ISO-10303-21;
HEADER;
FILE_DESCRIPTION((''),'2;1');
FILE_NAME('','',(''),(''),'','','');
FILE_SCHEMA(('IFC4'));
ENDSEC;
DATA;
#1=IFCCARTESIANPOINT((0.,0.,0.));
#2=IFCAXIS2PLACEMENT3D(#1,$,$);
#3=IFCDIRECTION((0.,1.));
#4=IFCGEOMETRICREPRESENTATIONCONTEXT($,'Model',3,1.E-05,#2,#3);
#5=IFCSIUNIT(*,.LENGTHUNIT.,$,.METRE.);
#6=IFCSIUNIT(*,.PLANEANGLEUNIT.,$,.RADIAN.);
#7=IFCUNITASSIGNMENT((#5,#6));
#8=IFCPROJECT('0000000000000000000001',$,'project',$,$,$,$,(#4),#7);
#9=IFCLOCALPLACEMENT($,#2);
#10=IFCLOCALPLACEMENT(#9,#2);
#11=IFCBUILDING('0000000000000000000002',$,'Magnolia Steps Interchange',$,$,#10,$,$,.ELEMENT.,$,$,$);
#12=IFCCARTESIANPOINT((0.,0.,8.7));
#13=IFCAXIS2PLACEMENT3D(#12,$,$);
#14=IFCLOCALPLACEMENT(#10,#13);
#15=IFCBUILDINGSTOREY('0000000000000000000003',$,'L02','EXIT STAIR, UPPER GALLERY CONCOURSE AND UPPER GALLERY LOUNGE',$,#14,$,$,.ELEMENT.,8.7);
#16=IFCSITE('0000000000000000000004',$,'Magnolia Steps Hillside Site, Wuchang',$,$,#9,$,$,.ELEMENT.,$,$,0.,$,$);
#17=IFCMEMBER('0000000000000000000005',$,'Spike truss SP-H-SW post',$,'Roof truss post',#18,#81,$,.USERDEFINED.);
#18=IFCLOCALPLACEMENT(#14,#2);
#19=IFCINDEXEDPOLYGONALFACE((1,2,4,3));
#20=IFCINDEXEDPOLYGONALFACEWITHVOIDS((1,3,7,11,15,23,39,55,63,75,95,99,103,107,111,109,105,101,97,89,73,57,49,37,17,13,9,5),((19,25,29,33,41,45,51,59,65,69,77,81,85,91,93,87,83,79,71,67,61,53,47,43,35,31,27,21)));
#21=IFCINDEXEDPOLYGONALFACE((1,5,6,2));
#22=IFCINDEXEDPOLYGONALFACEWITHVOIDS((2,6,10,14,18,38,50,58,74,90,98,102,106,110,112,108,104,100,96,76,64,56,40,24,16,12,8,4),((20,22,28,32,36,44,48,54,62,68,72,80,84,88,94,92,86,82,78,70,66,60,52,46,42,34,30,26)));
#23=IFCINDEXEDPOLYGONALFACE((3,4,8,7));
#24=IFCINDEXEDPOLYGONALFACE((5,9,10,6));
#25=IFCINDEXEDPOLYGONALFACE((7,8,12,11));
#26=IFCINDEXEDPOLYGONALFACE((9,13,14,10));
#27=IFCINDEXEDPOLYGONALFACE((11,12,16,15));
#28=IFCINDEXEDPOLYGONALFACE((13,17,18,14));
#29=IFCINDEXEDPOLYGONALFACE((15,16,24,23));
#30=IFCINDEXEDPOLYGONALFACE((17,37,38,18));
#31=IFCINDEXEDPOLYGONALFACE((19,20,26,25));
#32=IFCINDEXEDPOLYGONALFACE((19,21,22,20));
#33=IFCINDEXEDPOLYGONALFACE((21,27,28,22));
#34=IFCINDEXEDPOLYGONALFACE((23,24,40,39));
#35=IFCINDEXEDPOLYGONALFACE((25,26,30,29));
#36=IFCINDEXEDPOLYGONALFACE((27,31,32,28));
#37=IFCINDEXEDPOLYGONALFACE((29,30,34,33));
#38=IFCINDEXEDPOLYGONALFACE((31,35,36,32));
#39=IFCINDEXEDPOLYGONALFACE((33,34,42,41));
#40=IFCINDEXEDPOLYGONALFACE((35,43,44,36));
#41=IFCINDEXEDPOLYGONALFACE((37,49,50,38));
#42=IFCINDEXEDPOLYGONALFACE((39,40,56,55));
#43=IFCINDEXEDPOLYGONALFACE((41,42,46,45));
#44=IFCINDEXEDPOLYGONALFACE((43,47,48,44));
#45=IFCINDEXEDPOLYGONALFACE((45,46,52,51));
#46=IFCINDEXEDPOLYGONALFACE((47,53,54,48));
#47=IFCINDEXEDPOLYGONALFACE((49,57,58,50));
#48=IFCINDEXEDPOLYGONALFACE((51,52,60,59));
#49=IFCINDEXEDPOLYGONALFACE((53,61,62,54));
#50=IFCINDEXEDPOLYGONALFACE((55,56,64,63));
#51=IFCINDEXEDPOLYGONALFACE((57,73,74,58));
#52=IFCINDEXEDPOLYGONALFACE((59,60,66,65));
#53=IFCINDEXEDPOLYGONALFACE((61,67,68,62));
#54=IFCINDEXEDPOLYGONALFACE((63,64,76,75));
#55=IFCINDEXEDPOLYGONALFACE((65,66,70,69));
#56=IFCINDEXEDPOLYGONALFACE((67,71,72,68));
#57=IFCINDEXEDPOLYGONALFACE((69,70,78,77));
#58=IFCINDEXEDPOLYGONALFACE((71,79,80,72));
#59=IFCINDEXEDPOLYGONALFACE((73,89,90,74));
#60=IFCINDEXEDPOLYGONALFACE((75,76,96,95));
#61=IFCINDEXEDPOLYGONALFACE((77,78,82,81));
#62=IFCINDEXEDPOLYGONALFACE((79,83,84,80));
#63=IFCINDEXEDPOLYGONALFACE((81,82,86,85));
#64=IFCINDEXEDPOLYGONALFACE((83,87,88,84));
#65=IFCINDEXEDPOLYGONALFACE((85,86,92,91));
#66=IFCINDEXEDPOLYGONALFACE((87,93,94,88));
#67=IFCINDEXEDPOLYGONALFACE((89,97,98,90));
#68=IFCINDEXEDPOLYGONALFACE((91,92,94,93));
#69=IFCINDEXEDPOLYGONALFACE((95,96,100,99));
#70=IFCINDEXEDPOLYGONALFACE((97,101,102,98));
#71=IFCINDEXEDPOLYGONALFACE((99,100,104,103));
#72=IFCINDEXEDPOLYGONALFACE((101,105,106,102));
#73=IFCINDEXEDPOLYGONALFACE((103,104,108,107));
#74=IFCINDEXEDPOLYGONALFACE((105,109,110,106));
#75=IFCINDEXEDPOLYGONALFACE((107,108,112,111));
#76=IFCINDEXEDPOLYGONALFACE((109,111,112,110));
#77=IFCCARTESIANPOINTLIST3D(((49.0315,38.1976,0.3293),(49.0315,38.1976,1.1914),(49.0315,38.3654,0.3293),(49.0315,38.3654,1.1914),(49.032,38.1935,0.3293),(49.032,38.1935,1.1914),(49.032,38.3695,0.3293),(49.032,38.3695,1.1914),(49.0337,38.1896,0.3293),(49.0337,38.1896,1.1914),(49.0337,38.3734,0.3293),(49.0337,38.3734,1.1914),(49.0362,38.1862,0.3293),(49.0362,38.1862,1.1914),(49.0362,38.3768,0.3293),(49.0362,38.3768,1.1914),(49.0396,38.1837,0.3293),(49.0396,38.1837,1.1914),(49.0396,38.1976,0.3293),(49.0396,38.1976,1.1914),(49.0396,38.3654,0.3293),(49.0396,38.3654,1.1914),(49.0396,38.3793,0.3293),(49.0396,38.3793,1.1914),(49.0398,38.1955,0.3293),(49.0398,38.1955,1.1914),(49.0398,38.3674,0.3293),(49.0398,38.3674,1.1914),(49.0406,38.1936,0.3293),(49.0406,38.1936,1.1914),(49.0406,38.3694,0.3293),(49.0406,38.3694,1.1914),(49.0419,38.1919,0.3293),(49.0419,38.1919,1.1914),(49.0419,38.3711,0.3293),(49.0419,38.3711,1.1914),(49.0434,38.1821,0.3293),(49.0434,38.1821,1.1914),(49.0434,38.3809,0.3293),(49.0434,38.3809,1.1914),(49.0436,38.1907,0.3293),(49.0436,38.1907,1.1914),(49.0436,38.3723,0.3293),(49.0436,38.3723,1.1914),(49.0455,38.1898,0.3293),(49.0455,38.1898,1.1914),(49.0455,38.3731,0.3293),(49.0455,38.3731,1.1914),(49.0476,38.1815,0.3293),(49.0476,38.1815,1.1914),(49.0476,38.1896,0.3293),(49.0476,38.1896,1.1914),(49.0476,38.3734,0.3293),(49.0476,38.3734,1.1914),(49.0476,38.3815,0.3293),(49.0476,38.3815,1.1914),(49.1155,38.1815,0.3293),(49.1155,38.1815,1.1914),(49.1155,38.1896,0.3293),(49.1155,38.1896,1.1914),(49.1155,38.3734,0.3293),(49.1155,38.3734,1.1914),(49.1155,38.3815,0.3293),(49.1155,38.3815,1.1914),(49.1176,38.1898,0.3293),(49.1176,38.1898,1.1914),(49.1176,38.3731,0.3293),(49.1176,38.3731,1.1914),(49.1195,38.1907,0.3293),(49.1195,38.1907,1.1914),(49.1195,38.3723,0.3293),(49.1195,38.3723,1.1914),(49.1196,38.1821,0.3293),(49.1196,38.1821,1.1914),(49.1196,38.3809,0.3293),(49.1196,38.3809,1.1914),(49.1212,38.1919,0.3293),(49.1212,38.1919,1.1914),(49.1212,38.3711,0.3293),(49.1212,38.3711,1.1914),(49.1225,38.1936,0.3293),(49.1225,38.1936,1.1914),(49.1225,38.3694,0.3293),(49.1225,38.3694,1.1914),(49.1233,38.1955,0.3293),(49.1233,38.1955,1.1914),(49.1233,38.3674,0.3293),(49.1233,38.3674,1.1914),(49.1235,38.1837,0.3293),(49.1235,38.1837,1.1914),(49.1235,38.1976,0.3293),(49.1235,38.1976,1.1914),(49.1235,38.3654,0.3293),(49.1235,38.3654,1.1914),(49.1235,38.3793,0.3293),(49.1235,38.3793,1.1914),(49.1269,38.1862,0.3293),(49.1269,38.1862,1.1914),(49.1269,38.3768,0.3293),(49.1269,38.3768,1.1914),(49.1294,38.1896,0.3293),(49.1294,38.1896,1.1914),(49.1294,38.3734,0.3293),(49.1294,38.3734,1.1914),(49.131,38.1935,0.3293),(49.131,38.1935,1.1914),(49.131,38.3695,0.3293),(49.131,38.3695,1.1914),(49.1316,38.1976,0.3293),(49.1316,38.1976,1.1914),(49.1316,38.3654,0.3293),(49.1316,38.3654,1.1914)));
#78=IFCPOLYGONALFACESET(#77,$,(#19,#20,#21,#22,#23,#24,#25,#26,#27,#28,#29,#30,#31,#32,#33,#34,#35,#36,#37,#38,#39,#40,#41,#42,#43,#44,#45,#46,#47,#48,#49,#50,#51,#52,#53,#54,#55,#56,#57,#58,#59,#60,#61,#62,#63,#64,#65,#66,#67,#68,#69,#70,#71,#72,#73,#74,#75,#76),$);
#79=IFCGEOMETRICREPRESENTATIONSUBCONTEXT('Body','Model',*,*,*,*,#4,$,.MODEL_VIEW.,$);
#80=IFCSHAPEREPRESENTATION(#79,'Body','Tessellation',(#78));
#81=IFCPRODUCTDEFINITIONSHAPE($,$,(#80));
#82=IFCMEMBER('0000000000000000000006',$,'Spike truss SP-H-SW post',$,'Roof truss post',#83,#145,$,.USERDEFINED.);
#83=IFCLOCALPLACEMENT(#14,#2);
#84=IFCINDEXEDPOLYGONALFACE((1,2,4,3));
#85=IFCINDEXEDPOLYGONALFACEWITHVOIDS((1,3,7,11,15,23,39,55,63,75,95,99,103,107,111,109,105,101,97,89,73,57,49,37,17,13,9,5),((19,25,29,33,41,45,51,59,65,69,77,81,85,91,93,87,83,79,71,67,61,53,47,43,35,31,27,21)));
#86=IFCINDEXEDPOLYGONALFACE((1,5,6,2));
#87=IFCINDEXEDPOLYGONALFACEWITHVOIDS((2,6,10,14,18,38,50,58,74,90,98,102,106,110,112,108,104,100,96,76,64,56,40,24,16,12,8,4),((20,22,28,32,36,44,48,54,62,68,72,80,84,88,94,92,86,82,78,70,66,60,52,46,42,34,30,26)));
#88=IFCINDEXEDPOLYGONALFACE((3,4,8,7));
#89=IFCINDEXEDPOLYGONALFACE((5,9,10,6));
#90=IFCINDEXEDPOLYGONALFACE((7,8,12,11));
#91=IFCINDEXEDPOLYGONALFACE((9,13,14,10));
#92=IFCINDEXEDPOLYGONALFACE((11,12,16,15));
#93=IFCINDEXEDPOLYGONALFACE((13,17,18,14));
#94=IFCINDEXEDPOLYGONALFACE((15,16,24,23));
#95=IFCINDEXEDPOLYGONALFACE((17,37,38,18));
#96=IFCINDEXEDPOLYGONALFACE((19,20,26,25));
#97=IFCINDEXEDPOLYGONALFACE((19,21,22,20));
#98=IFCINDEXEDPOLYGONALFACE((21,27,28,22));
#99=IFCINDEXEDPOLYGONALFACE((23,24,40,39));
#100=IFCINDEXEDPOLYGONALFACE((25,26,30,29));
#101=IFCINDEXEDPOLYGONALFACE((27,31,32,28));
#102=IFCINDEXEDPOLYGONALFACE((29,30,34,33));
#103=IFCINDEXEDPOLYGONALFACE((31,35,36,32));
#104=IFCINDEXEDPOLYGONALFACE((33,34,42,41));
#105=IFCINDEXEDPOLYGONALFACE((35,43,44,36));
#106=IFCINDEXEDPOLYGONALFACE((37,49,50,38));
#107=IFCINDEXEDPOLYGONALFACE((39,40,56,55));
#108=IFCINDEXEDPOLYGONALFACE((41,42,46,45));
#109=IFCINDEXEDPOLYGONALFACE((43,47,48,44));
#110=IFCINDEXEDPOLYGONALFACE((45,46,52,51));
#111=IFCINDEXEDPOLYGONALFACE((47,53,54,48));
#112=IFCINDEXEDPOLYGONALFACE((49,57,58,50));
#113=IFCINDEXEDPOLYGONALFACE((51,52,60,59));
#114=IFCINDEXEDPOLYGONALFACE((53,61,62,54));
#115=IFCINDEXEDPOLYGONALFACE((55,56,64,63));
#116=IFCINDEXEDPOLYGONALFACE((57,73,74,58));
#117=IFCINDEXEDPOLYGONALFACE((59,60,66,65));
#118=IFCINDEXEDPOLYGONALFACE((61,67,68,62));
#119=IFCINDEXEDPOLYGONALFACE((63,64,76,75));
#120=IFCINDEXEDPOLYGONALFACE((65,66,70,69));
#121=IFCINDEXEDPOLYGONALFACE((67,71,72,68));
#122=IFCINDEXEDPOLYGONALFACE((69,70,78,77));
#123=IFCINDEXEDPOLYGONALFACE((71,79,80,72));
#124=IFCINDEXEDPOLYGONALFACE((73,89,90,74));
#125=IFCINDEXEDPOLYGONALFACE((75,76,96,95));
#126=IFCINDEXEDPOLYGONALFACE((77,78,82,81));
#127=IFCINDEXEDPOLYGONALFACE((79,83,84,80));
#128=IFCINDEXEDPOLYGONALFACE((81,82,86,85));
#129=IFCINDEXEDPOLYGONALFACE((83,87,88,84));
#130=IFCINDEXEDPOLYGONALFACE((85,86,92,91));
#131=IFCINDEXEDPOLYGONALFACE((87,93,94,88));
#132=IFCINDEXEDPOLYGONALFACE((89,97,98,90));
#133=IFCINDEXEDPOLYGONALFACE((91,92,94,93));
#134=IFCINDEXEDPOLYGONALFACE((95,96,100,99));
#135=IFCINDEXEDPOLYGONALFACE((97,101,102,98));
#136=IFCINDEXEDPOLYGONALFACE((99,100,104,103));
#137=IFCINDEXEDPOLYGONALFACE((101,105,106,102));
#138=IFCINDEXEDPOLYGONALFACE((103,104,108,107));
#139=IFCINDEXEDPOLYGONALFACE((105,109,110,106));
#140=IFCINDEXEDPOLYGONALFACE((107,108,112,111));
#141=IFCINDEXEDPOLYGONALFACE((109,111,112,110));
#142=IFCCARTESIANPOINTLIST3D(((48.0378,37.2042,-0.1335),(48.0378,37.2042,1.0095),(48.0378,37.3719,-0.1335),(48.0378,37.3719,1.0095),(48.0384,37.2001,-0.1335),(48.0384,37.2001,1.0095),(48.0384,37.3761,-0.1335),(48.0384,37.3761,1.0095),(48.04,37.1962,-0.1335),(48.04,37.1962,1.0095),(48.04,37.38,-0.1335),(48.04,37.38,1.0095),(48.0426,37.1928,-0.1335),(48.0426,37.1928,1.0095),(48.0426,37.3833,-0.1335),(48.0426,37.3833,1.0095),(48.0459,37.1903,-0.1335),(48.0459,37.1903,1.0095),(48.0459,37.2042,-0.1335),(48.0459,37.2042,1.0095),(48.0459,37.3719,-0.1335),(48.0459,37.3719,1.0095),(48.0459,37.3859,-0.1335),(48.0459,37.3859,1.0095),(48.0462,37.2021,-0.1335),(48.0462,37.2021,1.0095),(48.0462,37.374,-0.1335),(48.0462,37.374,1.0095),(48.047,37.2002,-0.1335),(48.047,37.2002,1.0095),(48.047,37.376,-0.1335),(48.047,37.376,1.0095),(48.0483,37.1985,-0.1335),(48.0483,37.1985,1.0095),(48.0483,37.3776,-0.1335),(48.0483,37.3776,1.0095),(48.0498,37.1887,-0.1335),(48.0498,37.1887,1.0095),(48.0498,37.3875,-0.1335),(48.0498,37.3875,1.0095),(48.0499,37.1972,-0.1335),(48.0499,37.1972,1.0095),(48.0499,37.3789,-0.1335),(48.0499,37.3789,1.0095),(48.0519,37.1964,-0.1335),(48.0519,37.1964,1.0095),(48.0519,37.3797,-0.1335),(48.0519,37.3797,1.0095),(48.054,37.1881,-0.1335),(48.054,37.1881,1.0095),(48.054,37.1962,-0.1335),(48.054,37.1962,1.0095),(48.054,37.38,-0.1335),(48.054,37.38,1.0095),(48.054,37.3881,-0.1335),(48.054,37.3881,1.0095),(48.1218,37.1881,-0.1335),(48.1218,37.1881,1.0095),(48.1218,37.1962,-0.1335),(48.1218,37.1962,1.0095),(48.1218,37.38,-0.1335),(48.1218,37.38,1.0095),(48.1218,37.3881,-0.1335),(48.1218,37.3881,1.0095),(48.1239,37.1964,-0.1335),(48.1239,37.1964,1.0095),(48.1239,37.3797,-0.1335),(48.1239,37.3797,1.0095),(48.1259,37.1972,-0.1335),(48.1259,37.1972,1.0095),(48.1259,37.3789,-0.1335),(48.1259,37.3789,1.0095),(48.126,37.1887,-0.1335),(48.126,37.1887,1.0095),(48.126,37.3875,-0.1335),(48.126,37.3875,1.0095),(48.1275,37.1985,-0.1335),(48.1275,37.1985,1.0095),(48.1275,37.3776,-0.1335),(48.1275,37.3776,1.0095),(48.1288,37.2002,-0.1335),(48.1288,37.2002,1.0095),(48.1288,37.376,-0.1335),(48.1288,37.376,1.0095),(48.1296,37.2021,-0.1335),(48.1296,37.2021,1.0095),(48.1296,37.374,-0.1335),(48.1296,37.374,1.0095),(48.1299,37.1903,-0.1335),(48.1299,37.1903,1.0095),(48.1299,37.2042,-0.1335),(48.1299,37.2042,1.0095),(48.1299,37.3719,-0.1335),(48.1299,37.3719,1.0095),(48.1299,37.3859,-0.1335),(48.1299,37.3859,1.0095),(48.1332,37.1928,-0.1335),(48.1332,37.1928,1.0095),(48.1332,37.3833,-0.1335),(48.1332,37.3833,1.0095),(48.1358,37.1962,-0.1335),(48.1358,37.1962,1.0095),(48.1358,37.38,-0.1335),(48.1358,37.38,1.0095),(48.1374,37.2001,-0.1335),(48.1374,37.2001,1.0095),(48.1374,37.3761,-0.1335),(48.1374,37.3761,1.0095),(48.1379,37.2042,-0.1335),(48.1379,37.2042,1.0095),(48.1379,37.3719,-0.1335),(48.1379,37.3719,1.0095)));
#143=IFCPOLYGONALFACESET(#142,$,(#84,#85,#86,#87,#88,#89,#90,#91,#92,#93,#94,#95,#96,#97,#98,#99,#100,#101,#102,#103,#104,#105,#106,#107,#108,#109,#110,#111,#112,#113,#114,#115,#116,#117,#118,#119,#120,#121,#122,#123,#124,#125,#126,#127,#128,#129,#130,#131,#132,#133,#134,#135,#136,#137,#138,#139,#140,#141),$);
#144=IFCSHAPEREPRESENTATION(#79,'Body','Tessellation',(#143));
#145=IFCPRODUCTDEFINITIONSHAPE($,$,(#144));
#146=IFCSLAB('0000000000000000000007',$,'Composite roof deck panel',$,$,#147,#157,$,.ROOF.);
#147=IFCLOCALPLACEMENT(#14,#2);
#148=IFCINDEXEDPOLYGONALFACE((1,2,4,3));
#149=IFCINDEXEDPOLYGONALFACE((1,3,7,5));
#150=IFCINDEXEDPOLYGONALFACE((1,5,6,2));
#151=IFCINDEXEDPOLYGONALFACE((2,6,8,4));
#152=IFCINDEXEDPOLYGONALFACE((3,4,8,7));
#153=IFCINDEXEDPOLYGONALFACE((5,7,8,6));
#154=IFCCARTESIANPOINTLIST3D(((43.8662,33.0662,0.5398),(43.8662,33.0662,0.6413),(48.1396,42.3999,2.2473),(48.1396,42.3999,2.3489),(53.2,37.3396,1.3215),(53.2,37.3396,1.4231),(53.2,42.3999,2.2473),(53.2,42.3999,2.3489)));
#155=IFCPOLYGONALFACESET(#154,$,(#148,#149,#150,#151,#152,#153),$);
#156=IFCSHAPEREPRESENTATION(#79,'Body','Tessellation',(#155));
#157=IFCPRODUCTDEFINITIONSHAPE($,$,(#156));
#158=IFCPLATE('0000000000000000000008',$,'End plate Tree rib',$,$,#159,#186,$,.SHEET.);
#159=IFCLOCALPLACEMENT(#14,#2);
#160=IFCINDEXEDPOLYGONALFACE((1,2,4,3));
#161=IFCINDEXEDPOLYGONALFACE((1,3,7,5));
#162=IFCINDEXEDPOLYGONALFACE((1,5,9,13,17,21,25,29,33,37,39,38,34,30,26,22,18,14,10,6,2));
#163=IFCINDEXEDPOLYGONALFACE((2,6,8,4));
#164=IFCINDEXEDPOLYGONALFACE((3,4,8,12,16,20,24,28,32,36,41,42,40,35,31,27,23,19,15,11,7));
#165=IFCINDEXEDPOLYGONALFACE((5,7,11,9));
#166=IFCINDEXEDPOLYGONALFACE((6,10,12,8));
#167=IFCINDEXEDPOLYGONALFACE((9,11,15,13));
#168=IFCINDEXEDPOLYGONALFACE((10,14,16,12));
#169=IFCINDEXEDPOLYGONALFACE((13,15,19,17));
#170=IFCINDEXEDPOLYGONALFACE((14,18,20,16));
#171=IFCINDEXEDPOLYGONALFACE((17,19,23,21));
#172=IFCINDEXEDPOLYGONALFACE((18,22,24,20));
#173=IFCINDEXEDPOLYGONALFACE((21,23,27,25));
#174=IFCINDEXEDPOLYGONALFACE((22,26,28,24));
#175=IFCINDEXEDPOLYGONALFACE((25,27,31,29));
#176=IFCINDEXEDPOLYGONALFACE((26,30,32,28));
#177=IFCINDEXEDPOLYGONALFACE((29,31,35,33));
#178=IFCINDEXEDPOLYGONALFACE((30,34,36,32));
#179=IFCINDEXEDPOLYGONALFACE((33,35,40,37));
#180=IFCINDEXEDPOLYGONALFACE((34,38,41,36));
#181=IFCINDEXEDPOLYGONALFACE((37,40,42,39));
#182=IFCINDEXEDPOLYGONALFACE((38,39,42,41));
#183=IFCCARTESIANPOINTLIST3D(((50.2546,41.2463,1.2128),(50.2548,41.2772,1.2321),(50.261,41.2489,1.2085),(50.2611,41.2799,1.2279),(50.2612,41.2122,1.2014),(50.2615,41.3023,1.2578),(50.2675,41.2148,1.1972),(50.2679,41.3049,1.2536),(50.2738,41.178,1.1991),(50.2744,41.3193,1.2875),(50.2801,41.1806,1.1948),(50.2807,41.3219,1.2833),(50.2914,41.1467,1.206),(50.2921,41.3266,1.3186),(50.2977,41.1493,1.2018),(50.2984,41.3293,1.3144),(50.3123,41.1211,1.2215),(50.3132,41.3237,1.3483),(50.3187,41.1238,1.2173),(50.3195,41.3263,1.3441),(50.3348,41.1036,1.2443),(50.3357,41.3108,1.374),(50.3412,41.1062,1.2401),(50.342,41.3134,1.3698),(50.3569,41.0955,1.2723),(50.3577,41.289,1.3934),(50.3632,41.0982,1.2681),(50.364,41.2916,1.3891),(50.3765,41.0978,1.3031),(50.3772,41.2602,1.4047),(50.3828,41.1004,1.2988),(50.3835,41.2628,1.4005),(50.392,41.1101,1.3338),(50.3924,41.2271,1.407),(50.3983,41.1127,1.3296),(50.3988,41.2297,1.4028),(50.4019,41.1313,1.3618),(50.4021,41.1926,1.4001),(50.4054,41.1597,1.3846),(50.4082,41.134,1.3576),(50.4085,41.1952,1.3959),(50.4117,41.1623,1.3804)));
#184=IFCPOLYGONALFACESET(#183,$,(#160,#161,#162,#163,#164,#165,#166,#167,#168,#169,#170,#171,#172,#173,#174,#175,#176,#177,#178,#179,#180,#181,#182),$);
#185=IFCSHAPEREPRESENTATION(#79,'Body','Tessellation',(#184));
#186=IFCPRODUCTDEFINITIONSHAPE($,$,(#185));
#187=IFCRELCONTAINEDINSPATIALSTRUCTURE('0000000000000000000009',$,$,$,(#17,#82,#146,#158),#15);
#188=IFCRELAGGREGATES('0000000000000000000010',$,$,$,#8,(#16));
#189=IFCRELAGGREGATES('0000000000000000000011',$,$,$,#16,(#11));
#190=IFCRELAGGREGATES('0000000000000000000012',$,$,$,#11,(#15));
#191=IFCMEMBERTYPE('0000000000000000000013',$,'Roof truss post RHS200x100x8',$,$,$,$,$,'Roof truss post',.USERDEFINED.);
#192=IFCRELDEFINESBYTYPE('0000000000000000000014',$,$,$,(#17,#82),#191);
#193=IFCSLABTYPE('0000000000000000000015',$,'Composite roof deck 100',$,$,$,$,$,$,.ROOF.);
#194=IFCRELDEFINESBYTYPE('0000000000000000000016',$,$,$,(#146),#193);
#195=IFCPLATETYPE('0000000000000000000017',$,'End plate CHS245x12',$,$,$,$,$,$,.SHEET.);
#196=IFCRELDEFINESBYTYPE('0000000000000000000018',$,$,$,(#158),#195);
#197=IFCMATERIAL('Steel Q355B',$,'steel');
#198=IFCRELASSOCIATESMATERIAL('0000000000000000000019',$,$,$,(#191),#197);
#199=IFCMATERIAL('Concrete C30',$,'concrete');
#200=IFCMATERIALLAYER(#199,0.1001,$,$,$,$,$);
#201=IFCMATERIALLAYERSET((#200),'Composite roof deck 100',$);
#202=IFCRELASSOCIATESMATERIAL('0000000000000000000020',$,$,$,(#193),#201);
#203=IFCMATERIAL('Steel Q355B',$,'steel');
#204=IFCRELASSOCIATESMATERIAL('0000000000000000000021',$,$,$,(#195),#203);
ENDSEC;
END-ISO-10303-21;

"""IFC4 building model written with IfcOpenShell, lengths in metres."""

from ifc_helpers import new_model, si_unit, direction, frame, origin, origin_2d, place, context, subcontext, project, spatial, polyline, hollow_rectangle, circle, outline, extrude, material, layer, layer_set, material_profile, profile_set, type_object, element, save


model = new_model("IFC4")

# Units and contexts
model_context = context("Model", 3, precision=1e-05, world=origin(), true_north=direction((0.0, 1.0)))
body_context = subcontext(model_context, "Body", "Model", "MODEL_VIEW")
ifc_project = project(units=[si_unit("LENGTHUNIT", "METRE"), si_unit("PLANEANGLEUNIT", "RADIAN")], contexts=[model_context])

# Site, building, storey
site_placement = place(None, origin())
site = spatial("IfcSite", under=ifc_project, at=site_placement, Name="Magnolia Steps Hillside Site, Wuchang", CompositionType="ELEMENT", RefElevation=0.0)
building_placement = place(site_placement, origin())
building = spatial("IfcBuilding", under=site, at=building_placement, Name="Magnolia Steps Interchange", CompositionType="ELEMENT")
storey_placement = place(building_placement, frame((0.0, 0.0, 8.7)))
storey = spatial("IfcBuildingStorey", under=building, at=storey_placement, Name="L02", Description="EXIT STAIR, UPPER GALLERY CONCOURSE AND UPPER GALLERY LOUNGE", CompositionType="ELEMENT", Elevation=8.7)

# Members
ifc_material_1 = material(Name="Steel Q355B", Category="steel")
ifc_material_profile_1 = material_profile(ifc_material_1, hollow_rectangle(XDim=0.1001, YDim=0.2, WallThickness=0.0081, InnerFilletRadius=0.0081, OuterFilletRadius=0.0161, at=origin_2d()), Name="RHS200x100x8")
ifc_profile_set_1 = profile_set([ifc_material_profile_1], Name="Steel Q355B")
member_type_1 = type_object("IfcMemberType", Name="Roof truss post RHS200x100x8", ElementType="Roof truss post", PredefinedType="USERDEFINED", material=ifc_profile_set_1)
member_1_placement = place(storey_placement, frame((49.0815, 38.2815, 0.3293), z_axis=(0.0, 0.0, 1.0), x_axis=(1.0, 0.0, 0.0)))
element("IfcMember", 1, at=member_1_placement, inside=storey, type_object=member_type_1, Name="Spike truss SP-H-SW post", ObjectType="Roof truss post", PredefinedType="USERDEFINED", context=body_context, shape_type="SweptSolid", body=[
    extrude(hollow_rectangle(XDim=0.1001, YDim=0.2, WallThickness=0.0081, InnerFilletRadius=0.0081, OuterFilletRadius=0.0161, at=origin_2d()), origin(), (0.0, 0.0, 1.0), 0.8621),
])
member_2_placement = place(storey_placement, frame((48.0879, 37.2881, -0.1335), z_axis=(0.0, 0.0, 1.0), x_axis=(1.0, 0.0, 0.0)))
element("IfcMember", 2, at=member_2_placement, inside=storey, type_object=member_type_1, Name="Spike truss SP-H-SW post", ObjectType="Roof truss post", PredefinedType="USERDEFINED", context=body_context, shape_type="SweptSolid", body=[
    extrude(hollow_rectangle(XDim=0.1001, YDim=0.2, WallThickness=0.0081, InnerFilletRadius=0.0081, OuterFilletRadius=0.0161, at=origin_2d()), origin(), (0.0, 0.0, 1.0), 1.1431),
])

# Slab
ifc_material_2 = material(Name="Concrete C30", Category="concrete")
ifc_layer_1 = layer(ifc_material_2, 0.1001)
ifc_layer_set_1 = layer_set([ifc_layer_1], Name="Composite roof deck 100")
slab_type = type_object("IfcSlabType", Name="Composite roof deck 100", PredefinedType="ROOF", material=ifc_layer_set_1)
slab_placement = place(storey_placement, frame((53.2, 37.3396, 1.4231), z_axis=(0.000005, -0.179958, 0.983674), x_axis=(0.0, 0.983674, 0.179958)))
element("IfcSlab", 3, at=slab_placement, inside=storey, type_object=slab_type, Name="Composite roof deck panel", PredefinedType="ROOF", context=body_context, shape_type="SweptSolid", body=[
    extrude(outline(polyline([(0.0, 0.0), (5.1443, 0.0), (5.1443, 5.0603), (-4.3444, 9.3337), (0.0, 0.0)])), origin(), (-0.179958, -0.000004, -0.983674), 0.1016),
])

# Plate
ifc_material_3 = material(Name="Steel Q355B", Category="steel")
ifc_material_profile_2 = material_profile(ifc_material_3, circle(Radius=0.1226, at=origin_2d()), Name="End plate CHS245x12")
ifc_profile_set_2 = profile_set([ifc_material_profile_2], Name="Steel Q355B")
plate_type_1 = type_object("IfcPlateType", Name="End plate CHS245x12", PredefinedType="SHEET", material=ifc_profile_set_2)
for number, where, z_axis, x_axis, name in (
    (4, (50.3359, 41.2136, 1.2988), (-0.786063, -0.325598, 0.525444), (0.382683, -0.92388, 0.0), "End plate Tree rib"),
):
    element("IfcPlate", number, at=place(storey_placement, frame(where, z_axis=z_axis, x_axis=x_axis)), inside=storey, type_object=plate_type_1, Name=name, PredefinedType="SHEET", context=body_context, shape_type="SweptSolid", body=[
        extrude(circle(Radius=0.1226, at=origin_2d()), origin(), (0.0, 0.0, 1.0), 0.0081),
    ])

save(model, "model.ifc")
